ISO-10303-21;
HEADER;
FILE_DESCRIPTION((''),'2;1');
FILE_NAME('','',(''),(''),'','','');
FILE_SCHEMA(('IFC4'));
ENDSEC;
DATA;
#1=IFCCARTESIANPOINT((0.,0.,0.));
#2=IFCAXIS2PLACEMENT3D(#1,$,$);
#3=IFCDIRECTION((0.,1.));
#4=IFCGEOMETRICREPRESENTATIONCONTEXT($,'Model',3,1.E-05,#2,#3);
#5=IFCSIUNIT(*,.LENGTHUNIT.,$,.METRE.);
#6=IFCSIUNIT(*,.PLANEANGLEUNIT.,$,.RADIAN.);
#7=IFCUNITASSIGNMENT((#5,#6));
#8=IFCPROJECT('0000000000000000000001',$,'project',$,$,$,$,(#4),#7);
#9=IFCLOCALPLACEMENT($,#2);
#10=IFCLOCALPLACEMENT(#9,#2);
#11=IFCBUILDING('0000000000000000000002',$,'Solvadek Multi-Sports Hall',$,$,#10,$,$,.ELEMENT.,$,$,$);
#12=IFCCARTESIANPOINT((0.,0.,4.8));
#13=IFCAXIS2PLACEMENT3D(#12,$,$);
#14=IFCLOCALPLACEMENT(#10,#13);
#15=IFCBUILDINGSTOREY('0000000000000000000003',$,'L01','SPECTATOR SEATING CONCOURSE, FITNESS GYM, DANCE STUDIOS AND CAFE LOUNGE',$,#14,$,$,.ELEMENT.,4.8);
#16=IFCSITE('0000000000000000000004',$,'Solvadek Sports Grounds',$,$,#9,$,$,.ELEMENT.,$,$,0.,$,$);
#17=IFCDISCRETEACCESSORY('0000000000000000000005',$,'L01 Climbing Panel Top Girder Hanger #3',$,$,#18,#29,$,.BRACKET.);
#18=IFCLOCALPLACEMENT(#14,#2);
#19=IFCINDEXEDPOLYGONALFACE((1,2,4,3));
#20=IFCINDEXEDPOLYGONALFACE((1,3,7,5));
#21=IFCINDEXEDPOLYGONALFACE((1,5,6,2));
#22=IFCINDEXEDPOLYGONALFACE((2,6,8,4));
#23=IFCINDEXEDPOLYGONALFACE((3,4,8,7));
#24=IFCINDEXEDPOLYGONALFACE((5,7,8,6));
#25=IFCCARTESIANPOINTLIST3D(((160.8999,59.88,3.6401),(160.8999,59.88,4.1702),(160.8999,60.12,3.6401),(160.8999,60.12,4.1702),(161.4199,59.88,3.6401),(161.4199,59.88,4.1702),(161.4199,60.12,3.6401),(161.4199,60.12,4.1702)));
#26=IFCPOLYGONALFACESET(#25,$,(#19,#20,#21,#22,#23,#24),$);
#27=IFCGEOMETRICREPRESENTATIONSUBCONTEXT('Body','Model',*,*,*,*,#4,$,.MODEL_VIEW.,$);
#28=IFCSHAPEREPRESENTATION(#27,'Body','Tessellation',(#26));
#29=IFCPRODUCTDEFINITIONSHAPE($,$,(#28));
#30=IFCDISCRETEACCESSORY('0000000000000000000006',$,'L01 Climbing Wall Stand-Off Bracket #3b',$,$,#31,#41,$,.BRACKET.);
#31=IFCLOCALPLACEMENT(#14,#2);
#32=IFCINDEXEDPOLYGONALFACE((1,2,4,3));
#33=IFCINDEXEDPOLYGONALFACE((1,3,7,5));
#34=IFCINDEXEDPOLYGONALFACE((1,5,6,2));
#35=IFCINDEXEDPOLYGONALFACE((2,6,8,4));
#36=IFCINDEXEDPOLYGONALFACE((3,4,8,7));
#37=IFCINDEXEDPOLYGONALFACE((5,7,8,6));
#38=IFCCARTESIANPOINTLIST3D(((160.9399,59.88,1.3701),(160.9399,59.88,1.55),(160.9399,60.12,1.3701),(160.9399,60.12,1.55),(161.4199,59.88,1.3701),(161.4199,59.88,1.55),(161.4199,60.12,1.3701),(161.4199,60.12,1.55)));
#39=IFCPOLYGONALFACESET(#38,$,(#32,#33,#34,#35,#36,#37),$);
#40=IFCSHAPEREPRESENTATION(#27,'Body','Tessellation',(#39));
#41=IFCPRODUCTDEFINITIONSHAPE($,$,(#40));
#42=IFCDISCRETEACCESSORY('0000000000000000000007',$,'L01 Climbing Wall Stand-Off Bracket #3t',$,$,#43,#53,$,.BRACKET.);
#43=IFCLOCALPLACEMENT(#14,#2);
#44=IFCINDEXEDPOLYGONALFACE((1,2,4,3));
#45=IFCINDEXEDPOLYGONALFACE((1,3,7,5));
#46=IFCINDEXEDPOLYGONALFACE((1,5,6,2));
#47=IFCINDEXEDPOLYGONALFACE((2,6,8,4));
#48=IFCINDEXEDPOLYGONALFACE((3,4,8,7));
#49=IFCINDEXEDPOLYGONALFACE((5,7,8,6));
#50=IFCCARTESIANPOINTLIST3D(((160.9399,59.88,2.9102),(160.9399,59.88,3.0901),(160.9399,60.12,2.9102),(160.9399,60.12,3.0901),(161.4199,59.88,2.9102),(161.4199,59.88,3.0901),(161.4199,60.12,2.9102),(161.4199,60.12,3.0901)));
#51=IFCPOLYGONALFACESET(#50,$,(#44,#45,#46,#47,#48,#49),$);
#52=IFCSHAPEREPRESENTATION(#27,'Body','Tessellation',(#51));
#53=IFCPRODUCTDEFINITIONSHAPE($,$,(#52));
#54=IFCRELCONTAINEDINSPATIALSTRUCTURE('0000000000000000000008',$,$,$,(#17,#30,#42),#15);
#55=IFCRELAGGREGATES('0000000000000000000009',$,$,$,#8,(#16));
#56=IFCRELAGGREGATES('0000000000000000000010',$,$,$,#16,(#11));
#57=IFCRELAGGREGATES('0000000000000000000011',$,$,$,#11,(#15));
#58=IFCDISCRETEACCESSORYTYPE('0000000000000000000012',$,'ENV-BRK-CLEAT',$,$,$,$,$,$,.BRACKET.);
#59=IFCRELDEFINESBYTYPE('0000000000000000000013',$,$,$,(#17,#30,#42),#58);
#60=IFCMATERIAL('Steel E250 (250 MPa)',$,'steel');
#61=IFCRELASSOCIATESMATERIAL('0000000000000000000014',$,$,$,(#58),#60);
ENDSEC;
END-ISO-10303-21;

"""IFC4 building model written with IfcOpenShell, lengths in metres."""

from ifc_helpers import new_model, si_unit, direction, frame, origin, origin_2d, place, context, subcontext, project, spatial, rectangle, extrude, material, type_object, element, save


model = new_model("IFC4")

# Units and contexts
model_context = context("Model", 3, precision=1e-05, world=origin(), true_north=direction((0.0, 1.0)))
body_context = subcontext(model_context, "Body", "Model", "MODEL_VIEW")
ifc_project = project(units=[si_unit("LENGTHUNIT", "METRE"), si_unit("PLANEANGLEUNIT", "RADIAN")], contexts=[model_context])

# Site, building, storey
site_placement = place(None, origin())
site = spatial("IfcSite", under=ifc_project, at=site_placement, Name="Solvadek Sports Grounds", CompositionType="ELEMENT", RefElevation=0.0)
building_placement = place(site_placement, origin())
building = spatial("IfcBuilding", under=site, at=building_placement, Name="Solvadek Multi-Sports Hall", CompositionType="ELEMENT")
storey_placement = place(building_placement, frame((0.0, 0.0, 4.8)))
storey = spatial("IfcBuildingStorey", under=building, at=storey_placement, Name="L01", Description="SPECTATOR SEATING CONCOURSE, FITNESS GYM, DANCE STUDIOS AND CAFE LOUNGE", CompositionType="ELEMENT", Elevation=4.8)

# Shared definitions
ifc_material_1 = material(Name="Steel E250 (250 MPa)", Category="steel")

# Discrete accessories
discrete_accessory_type = type_object("IfcDiscreteAccessoryType", Name="ENV-BRK-CLEAT", PredefinedType="BRACKET", material=ifc_material_1)
discrete_accessory_1_placement = place(storey_placement, frame((161.1599, 60.0, 3.6401), z_axis=(0.0, 0.0, 1.0), x_axis=(1.0, 0.0, 0.0)))
element("IfcDiscreteAccessory", 1, at=discrete_accessory_1_placement, inside=storey, type_object=discrete_accessory_type, Name="L01 Climbing Panel Top Girder Hanger #3", PredefinedType="BRACKET", context=body_context, shape_type="SweptSolid", body=[
    extrude(rectangle(XDim=0.52, YDim=0.24, at=origin_2d()), origin(), (0.0, 0.0, 1.0), 0.53),
])
for number, where, z_axis, x_axis, name in (
    (2, (161.1799, 60.0, 1.3701), (0.0, 0.0, 1.0), (1.0, 0.0, 0.0), "L01 Climbing Wall Stand-Off Bracket #3b"),
    (3, (161.1799, 60.0, 2.9102), (0.0, 0.0, 1.0), (1.0, 0.0, 0.0), "L01 Climbing Wall Stand-Off Bracket #3t"),
):
    element("IfcDiscreteAccessory", number, at=place(storey_placement, frame(where, z_axis=z_axis, x_axis=x_axis)), inside=storey, type_object=discrete_accessory_type, Name=name, PredefinedType="BRACKET", context=body_context, shape_type="SweptSolid", body=[
        extrude(rectangle(XDim=0.48, YDim=0.24, at=origin_2d()), origin(), (0.0, 0.0, 1.0), 0.1799),
    ])

save(model, "model.ifc")
